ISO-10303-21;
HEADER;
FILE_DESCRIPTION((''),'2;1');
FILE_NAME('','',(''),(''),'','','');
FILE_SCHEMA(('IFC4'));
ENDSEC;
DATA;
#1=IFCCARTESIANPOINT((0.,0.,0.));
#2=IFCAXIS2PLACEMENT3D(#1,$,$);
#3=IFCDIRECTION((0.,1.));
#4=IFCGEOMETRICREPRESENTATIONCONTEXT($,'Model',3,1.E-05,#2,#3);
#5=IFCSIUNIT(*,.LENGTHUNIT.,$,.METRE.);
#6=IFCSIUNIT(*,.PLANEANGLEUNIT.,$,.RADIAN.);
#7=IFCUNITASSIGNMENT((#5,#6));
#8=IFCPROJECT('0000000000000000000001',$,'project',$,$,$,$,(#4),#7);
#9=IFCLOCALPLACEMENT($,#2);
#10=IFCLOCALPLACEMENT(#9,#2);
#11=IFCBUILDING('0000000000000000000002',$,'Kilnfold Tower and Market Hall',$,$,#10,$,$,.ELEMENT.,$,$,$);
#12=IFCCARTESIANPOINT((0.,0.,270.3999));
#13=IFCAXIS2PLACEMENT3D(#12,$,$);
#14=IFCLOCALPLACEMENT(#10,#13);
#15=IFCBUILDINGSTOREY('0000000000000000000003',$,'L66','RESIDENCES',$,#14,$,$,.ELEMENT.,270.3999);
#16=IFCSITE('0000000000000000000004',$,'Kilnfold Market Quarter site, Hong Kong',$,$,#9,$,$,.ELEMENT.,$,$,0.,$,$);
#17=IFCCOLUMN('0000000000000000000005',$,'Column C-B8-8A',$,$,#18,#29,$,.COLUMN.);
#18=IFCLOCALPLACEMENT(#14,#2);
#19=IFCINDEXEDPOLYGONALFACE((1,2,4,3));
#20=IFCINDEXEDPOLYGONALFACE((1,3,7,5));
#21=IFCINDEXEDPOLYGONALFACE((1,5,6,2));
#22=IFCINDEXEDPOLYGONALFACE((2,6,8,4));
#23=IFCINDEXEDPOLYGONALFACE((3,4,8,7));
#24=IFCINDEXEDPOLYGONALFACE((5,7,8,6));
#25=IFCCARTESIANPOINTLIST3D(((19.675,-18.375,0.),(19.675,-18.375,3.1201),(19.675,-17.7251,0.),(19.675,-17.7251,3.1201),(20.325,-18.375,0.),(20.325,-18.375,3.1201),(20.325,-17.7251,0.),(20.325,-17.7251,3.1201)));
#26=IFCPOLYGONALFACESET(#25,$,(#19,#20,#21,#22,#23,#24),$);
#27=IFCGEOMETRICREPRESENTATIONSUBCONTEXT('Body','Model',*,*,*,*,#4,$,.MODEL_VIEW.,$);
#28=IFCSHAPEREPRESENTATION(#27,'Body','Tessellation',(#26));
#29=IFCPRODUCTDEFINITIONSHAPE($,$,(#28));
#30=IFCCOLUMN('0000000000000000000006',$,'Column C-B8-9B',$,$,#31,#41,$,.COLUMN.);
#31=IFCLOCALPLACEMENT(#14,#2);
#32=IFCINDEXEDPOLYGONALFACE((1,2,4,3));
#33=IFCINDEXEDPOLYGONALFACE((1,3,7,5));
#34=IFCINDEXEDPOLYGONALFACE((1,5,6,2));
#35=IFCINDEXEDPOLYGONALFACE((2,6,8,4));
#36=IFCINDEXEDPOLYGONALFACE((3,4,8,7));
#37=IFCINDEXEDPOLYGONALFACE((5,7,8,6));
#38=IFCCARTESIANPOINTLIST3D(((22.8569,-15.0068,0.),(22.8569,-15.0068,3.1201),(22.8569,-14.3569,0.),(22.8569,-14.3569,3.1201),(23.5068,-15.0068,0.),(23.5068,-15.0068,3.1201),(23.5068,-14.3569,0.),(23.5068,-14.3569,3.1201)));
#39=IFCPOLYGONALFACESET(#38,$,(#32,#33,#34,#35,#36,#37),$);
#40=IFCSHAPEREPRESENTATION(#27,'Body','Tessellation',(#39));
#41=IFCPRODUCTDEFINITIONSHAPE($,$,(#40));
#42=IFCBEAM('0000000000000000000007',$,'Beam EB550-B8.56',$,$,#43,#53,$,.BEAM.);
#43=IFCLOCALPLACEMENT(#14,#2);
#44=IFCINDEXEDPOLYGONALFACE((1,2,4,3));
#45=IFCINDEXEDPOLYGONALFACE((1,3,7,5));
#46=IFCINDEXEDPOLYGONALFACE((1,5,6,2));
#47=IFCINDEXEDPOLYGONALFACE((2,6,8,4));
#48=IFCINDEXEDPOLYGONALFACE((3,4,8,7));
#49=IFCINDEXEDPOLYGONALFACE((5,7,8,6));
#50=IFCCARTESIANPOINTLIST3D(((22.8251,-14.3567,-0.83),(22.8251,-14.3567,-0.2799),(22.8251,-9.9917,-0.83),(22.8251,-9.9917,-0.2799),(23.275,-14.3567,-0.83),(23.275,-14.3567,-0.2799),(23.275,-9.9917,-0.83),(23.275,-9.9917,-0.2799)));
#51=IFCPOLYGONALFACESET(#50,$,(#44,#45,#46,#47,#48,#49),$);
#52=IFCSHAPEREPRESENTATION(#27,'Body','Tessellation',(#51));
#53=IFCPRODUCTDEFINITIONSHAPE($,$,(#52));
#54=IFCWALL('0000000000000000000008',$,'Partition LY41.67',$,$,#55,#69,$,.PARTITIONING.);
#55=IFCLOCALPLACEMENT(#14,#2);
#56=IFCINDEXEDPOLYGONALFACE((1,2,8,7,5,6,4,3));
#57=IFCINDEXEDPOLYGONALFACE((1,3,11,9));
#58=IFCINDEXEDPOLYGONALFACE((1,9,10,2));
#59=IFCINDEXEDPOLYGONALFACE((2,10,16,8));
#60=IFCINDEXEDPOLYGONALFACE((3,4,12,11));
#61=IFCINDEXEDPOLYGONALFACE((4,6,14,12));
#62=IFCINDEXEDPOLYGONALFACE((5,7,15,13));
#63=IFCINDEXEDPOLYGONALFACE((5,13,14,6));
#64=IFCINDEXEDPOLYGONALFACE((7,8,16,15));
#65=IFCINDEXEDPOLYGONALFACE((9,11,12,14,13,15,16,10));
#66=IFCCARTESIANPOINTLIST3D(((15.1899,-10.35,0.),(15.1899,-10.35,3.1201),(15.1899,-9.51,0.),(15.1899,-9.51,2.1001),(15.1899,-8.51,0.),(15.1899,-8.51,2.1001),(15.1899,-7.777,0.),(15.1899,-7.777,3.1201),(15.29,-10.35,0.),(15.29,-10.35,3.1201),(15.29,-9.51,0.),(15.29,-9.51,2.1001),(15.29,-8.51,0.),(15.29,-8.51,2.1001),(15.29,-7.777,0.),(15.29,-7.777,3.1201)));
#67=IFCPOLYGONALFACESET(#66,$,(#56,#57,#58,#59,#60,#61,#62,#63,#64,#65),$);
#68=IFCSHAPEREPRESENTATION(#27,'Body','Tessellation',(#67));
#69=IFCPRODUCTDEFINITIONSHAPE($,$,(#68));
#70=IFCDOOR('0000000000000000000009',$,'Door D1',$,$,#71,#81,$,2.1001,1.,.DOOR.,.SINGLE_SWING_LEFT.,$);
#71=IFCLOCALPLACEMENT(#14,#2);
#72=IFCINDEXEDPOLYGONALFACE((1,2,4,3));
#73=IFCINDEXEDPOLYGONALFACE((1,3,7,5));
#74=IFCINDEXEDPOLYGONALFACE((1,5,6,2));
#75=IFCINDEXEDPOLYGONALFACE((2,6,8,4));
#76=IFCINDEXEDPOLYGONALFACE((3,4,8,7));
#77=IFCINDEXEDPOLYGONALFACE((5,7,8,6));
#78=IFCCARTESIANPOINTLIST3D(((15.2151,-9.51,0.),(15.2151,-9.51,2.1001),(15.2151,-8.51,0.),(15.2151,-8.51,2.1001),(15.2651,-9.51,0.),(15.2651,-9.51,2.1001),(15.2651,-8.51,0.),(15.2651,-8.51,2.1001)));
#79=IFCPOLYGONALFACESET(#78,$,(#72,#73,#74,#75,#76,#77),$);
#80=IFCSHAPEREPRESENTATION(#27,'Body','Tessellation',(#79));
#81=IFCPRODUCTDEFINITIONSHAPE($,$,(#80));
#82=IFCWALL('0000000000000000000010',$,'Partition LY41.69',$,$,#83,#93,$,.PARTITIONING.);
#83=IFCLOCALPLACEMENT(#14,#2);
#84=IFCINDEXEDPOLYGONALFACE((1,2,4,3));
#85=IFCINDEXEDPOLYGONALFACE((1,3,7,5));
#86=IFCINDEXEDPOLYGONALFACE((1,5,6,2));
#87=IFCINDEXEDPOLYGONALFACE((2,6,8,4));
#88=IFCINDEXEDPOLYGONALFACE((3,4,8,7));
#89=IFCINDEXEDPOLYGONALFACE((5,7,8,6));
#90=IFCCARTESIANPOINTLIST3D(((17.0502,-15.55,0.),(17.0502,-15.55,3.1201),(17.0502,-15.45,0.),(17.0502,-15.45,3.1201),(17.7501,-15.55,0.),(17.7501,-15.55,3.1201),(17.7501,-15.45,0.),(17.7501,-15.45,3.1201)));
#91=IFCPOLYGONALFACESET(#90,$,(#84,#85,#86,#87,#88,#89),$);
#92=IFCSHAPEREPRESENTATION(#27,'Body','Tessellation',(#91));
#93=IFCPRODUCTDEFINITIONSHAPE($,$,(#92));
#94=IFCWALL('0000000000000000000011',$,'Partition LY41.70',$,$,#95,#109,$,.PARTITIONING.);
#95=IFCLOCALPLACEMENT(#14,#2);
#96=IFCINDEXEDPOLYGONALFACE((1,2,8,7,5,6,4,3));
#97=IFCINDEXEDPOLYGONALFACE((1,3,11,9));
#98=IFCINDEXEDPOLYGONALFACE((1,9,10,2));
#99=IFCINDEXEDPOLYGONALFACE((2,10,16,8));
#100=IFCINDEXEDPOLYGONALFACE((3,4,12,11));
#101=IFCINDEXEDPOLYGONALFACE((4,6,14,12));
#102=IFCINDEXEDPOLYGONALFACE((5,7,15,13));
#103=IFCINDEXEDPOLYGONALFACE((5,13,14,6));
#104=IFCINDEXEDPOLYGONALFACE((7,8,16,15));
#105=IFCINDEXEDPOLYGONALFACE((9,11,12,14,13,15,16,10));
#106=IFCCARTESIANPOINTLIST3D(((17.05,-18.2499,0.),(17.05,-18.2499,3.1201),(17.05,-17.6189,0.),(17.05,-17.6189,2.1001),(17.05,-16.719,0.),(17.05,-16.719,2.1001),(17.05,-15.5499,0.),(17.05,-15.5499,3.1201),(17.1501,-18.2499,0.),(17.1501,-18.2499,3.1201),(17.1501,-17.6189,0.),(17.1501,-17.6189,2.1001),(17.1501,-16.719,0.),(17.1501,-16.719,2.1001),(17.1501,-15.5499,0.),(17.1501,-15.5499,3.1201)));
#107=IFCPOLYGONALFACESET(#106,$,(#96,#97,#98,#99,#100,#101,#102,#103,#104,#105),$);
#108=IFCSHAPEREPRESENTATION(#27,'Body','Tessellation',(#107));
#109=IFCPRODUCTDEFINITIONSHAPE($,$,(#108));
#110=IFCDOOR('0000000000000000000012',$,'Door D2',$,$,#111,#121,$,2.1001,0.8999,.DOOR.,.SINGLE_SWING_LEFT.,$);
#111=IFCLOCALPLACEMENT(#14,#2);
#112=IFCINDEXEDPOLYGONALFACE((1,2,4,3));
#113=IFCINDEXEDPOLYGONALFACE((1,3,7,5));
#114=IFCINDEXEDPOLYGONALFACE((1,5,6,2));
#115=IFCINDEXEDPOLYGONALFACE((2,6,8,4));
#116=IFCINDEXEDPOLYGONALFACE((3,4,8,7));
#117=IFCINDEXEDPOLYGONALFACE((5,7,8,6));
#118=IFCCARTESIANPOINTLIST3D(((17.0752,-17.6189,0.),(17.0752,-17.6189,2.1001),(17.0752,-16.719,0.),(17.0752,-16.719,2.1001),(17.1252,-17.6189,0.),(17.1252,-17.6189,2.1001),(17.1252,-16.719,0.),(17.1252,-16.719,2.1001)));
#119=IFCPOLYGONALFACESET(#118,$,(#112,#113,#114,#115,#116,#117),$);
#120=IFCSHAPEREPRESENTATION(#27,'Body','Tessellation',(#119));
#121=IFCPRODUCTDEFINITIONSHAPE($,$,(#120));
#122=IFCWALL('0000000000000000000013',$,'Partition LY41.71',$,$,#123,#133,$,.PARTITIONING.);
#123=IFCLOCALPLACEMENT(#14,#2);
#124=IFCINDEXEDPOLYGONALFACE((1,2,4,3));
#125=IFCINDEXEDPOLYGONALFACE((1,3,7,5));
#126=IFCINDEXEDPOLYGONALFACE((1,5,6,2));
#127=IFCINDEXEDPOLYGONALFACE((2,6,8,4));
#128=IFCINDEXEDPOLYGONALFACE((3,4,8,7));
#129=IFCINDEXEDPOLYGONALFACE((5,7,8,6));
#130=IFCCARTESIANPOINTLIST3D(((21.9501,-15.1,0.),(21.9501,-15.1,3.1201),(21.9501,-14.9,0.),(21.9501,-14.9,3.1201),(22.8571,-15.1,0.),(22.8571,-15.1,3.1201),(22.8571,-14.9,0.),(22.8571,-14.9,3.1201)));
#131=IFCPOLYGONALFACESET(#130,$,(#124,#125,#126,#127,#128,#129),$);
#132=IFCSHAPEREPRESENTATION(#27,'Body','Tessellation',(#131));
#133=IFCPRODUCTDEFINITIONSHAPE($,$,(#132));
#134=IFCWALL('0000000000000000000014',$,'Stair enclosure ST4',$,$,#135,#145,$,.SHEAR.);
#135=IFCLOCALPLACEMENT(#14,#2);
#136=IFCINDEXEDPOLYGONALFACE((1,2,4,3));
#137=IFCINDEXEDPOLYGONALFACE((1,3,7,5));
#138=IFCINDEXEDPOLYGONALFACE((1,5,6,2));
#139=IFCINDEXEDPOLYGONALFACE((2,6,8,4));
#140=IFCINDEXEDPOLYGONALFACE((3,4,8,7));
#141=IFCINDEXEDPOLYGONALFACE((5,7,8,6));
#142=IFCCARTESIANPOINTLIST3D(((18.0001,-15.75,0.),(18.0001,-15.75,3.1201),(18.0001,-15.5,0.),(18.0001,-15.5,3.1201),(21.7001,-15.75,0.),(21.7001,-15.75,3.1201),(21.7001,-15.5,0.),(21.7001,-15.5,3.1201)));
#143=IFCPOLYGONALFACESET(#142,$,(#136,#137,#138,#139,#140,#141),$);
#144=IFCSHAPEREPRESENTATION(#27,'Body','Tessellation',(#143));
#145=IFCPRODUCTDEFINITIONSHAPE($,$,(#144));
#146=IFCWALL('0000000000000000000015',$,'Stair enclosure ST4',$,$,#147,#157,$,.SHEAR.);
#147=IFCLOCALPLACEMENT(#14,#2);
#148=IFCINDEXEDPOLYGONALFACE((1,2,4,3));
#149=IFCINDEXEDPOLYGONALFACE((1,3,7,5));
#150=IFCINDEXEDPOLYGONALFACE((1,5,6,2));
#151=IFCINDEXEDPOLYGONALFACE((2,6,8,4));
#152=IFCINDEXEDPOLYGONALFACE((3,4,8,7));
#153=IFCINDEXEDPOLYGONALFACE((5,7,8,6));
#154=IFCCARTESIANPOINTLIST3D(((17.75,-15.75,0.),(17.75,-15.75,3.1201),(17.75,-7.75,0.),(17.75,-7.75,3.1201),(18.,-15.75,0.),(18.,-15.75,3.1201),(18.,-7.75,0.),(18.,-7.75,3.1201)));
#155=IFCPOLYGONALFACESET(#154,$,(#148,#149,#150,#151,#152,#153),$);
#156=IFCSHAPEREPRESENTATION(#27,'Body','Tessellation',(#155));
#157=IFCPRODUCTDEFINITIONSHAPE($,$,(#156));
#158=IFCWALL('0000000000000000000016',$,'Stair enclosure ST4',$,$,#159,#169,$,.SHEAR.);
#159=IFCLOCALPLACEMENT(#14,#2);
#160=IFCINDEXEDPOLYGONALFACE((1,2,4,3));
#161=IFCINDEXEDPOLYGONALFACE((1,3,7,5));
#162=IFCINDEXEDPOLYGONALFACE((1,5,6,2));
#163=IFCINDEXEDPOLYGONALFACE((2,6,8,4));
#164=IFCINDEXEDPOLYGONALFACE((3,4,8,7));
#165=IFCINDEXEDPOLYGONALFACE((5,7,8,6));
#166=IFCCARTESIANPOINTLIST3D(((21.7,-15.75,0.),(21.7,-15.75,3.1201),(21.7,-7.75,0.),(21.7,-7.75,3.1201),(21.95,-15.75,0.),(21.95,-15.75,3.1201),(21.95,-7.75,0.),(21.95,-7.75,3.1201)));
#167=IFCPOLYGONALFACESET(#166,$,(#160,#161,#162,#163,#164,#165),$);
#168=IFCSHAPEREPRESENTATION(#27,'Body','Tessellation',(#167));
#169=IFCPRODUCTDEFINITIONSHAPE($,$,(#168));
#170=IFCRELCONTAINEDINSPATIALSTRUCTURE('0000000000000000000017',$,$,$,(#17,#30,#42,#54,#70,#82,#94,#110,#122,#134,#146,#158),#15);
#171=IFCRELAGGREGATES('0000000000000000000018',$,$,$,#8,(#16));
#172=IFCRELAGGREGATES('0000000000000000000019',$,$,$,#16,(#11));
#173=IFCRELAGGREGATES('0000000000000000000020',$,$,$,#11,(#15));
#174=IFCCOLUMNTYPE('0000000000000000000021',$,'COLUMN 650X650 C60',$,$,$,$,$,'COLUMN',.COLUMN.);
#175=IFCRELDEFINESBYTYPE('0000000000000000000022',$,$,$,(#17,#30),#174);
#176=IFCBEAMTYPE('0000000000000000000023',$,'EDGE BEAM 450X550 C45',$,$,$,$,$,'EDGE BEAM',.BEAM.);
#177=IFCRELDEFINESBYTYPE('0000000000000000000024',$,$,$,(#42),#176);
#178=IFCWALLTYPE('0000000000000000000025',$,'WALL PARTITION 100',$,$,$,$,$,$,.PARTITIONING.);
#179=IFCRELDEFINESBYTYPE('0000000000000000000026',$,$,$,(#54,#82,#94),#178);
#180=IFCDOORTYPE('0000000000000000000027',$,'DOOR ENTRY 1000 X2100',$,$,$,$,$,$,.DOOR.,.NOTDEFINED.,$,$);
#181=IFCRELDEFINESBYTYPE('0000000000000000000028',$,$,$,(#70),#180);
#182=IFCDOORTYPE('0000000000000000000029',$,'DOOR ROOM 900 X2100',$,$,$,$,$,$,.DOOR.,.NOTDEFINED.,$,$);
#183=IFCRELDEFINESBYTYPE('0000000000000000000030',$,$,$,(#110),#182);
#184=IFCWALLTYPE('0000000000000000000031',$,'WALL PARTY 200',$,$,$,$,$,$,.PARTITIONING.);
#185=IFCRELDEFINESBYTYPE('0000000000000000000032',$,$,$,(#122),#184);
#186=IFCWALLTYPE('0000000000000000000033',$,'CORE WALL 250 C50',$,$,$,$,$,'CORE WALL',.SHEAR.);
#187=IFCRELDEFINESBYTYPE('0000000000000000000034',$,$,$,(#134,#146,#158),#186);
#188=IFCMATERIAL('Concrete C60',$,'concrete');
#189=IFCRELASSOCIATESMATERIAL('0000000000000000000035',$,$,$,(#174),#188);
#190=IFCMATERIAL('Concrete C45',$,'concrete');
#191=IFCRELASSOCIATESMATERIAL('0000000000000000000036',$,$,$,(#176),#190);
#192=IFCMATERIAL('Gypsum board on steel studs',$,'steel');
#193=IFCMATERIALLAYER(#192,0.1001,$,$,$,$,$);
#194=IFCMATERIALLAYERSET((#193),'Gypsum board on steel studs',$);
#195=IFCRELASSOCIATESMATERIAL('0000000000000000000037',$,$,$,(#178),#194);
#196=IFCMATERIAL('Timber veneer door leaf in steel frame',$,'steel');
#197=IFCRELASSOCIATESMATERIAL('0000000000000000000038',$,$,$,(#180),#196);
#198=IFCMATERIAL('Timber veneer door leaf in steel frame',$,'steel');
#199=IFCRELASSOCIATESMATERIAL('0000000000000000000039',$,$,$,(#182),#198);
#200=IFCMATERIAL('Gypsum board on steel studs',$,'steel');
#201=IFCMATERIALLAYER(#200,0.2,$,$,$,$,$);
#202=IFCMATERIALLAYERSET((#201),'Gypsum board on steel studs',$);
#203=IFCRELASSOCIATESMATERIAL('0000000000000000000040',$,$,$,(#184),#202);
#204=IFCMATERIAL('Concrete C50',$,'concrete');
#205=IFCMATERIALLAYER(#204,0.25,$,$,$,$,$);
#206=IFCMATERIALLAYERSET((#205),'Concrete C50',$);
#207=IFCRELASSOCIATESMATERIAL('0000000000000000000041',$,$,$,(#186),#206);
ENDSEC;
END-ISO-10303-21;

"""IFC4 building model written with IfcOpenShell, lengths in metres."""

from ifc_helpers import new_model, si_unit, direction, frame, frame_2d, origin, origin_2d, place, context, subcontext, project, spatial, rectangle, extrude, source, transform, mapped, material, layer, layer_set, material_profile, profile_set, type_object, element, fill, save


model = new_model("IFC4")

# Units and contexts
model_context = context("Model", 3, precision=1e-05, world=origin(), true_north=direction((0.0, 1.0)))
body_context = subcontext(model_context, "Body", "Model", "MODEL_VIEW")
ifc_project = project(units=[si_unit("LENGTHUNIT", "METRE"), si_unit("PLANEANGLEUNIT", "RADIAN")], contexts=[model_context])

# Site, building, storey
site_placement = place(None, origin())
site = spatial("IfcSite", under=ifc_project, at=site_placement, Name="Kilnfold Market Quarter site, Hong Kong", CompositionType="ELEMENT", RefElevation=0.0)
building_placement = place(site_placement, origin())
building = spatial("IfcBuilding", under=site, at=building_placement, Name="Kilnfold Tower and Market Hall", CompositionType="ELEMENT")
storey_placement = place(building_placement, frame((0.0, 0.0, 270.3999)))
storey = spatial("IfcBuildingStorey", under=building, at=storey_placement, Name="L66", Description="RESIDENCES", CompositionType="ELEMENT", Elevation=270.3999)

# Columns
ifc_material_1 = material(Name="Concrete C60", Category="concrete")
ifc_material_profile_1 = material_profile(ifc_material_1, rectangle(XDim=0.6499, YDim=0.6499, at=origin_2d()), Name="RC 650x650")
ifc_profile_set_1 = profile_set([ifc_material_profile_1], Name="Concrete C60")
column_type = type_object("IfcColumnType", Name="COLUMN 650X650 C60", ElementType="COLUMN", PredefinedType="COLUMN", material=ifc_profile_set_1)
shared_shape_1 = source(origin(), body_context, "Body", "SweptSolid", [
    extrude(rectangle(XDim=0.6499, YDim=0.6499, at=origin_2d()), origin(), (0.0, 0.0, 1.0), 3.1201),
])
for number, where, z_axis, x_axis, name in (
    (1, (20.0, -18.05, 0.0), (0.0, 0.0, 1.0), (1.0, 0.0, 0.0), "Column C-B8-8A"),
    (2, (23.1819, -14.6819, 0.0), (0.0, 0.0, 1.0), (1.0, 0.0, 0.0), "Column C-B8-9B"),
):
    element("IfcColumn", number, at=place(storey_placement, frame(where, z_axis=z_axis, x_axis=x_axis)), inside=storey, type_object=column_type, Name=name, PredefinedType="COLUMN", context=body_context, shape_type="MappedRepresentation", body=[
        mapped(shared_shape_1, transform((0.0, 0.0, 0.0))),
    ])

# Beam
ifc_material_2 = material(Name="Concrete C45", Category="concrete")
ifc_material_profile_2 = material_profile(ifc_material_2, rectangle(XDim=0.45, YDim=0.55, at=origin_2d()), Name="RC 450x550")
ifc_profile_set_2 = profile_set([ifc_material_profile_2], Name="Concrete C45")
beam_type = type_object("IfcBeamType", Name="EDGE BEAM 450X550 C45", ElementType="EDGE BEAM", PredefinedType="BEAM", material=ifc_profile_set_2)
shared_shape_2 = source(origin(), body_context, "Body", "SweptSolid", [
    extrude(rectangle(XDim=0.45, YDim=0.55, at=origin_2d()), origin(), (0.0, 0.0, 1.0), 4.365),
])
beam_placement = place(storey_placement, frame((23.05, -14.3567, -0.5549), z_axis=(0.0, 1.0, 0.0), x_axis=(-1.0, 0.0, 0.0)))
element("IfcBeam", 3, at=beam_placement, inside=storey, type_object=beam_type, Name="Beam EB550-B8.56", PredefinedType="BEAM", context=body_context, shape_type="MappedRepresentation", body=[
    mapped(shared_shape_2, transform((0.0, 0.0, 0.0))),
])

# Wall, opening, door
ifc_material_3 = material(Name="Gypsum board on steel studs", Category="steel")
ifc_layer_1 = layer(ifc_material_3, 0.1001)
ifc_layer_set_1 = layer_set([ifc_layer_1], Name="Gypsum board on steel studs")
wall_type_1 = type_object("IfcWallType", Name="WALL PARTITION 100", PredefinedType="PARTITIONING", material=ifc_layer_set_1)
wall_1_placement = place(storey_placement, frame((15.24, -10.3501, 0.0), z_axis=(0.0, 0.0, 1.0), x_axis=(0.0, 1.0, 0.0)))
wall_1 = element("IfcWall", 4, at=wall_1_placement, inside=storey, type_object=wall_type_1, Name="Partition LY41.67", PredefinedType="PARTITIONING", context=body_context, shape_type="SweptSolid", body=[
    extrude(rectangle(XDim=2.573, YDim=0.1001, at=frame_2d((1.2866, 0.0))), origin(), (0.0, 0.0, 1.0), 3.1201),
])
opening_1_placement = place(wall_1_placement, frame((0.8401, 0.0, 0.0)))
opening_1 = element("IfcOpeningElement", 5, at=opening_1_placement, cuts=wall_1, PredefinedType="OPENING", context=body_context, shape_type="SweptSolid", body=[
    extrude(rectangle(XDim=1.0, YDim=2.1001, at=frame_2d((0.5, 1.05))), frame((0.0, 0.0601, 0.0), z_axis=(0.0, -1.0, 0.0), x_axis=(1.0, 0.0, 0.0)), (0.0, 0.0, 1.0), 0.1201),
])
ifc_material_4 = material(Name="Timber veneer door leaf in steel frame", Category="steel")
door_type_1 = type_object("IfcDoorType", Name="DOOR ENTRY 1000 X2100", OperationType="NOTDEFINED", PredefinedType="DOOR", material=ifc_material_4)
door_1_placement = place(opening_1_placement, origin())
door_1 = element("IfcDoor", 6, at=door_1_placement, inside=storey, type_object=door_type_1, Name="Door D1", OperationType="SINGLE_SWING_LEFT", OverallHeight=2.1001, OverallWidth=1.0, PredefinedType="DOOR", context=body_context, shape_type="SweptSolid", body=[
    extrude(rectangle(XDim=1.0, YDim=2.1001, at=frame_2d((0.5, 1.05))), frame((0.0, 0.0249, 0.0), z_axis=(0.0, -1.0, 0.0), x_axis=(1.0, 0.0, 0.0)), (0.0, 0.0, 1.0), 0.05),
])
fill(opening_1, door_1)

# Wall
wall_2_placement = place(storey_placement, frame((17.05, -15.5, 0.0), z_axis=(0.0, 0.0, 1.0), x_axis=(1.0, 0.0, 0.0)))
element("IfcWall", 7, at=wall_2_placement, inside=storey, type_object=wall_type_1, Name="Partition LY41.69", PredefinedType="PARTITIONING", context=body_context, shape_type="SweptSolid", body=[
    extrude(rectangle(XDim=0.7, YDim=0.1001, at=frame_2d((0.3501, 0.0))), origin(), (0.0, 0.0, 1.0), 3.1201),
])

# Wall, opening, door
wall_3_placement = place(storey_placement, frame((17.1001, -18.25, 0.0), z_axis=(0.0, 0.0, 1.0), x_axis=(0.0, 1.0, 0.0)))
wall_3 = element("IfcWall", 8, at=wall_3_placement, inside=storey, type_object=wall_type_1, Name="Partition LY41.70", PredefinedType="PARTITIONING", context=body_context, shape_type="SweptSolid", body=[
    extrude(rectangle(XDim=2.7, YDim=0.1001, at=frame_2d((1.3501, 0.0))), origin(), (0.0, 0.0, 1.0), 3.1201),
])
opening_2_placement = place(wall_3_placement, frame((0.6311, 0.0, 0.0)))
opening_2 = element("IfcOpeningElement", 9, at=opening_2_placement, cuts=wall_3, PredefinedType="OPENING", context=body_context, shape_type="SweptSolid", body=[
    extrude(rectangle(XDim=0.8999, YDim=2.1001, at=frame_2d((0.45, 1.05))), frame((0.0, 0.0601, 0.0), z_axis=(0.0, -1.0, 0.0), x_axis=(1.0, 0.0, 0.0)), (0.0, 0.0, 1.0), 0.1201),
])
ifc_material_5 = material(Name="Timber veneer door leaf in steel frame", Category="steel")
door_type_2 = type_object("IfcDoorType", Name="DOOR ROOM 900 X2100", OperationType="NOTDEFINED", PredefinedType="DOOR", material=ifc_material_5)
door_2_placement = place(opening_2_placement, origin())
door_2 = element("IfcDoor", 10, at=door_2_placement, inside=storey, type_object=door_type_2, Name="Door D2", OperationType="SINGLE_SWING_LEFT", OverallHeight=2.1001, OverallWidth=0.8999, PredefinedType="DOOR", context=body_context, shape_type="SweptSolid", body=[
    extrude(rectangle(XDim=0.8999, YDim=2.1001, at=frame_2d((0.45, 1.05))), frame((0.0, 0.0249, 0.0), z_axis=(0.0, -1.0, 0.0), x_axis=(1.0, 0.0, 0.0)), (0.0, 0.0, 1.0), 0.05),
])
fill(opening_2, door_2)

# Walls
ifc_material_6 = material(Name="Gypsum board on steel studs", Category="steel")
ifc_layer_2 = layer(ifc_material_6, 0.2)
ifc_layer_set_2 = layer_set([ifc_layer_2], Name="Gypsum board on steel studs")
wall_type_2 = type_object("IfcWallType", Name="WALL PARTY 200", PredefinedType="PARTITIONING", material=ifc_layer_set_2)
wall_4_placement = place(storey_placement, frame((21.95, -15.0, 0.0), z_axis=(0.0, 0.0, 1.0), x_axis=(1.0, 0.0, 0.0)))
element("IfcWall", 11, at=wall_4_placement, inside=storey, type_object=wall_type_2, Name="Partition LY41.71", PredefinedType="PARTITIONING", context=body_context, shape_type="SweptSolid", body=[
    extrude(rectangle(XDim=0.907, YDim=0.2, at=frame_2d((0.4536, 0.0))), origin(), (0.0, 0.0, 1.0), 3.1201),
])
ifc_material_7 = material(Name="Concrete C50", Category="concrete")
ifc_layer_3 = layer(ifc_material_7, 0.25)
ifc_layer_set_3 = layer_set([ifc_layer_3], Name="Concrete C50")
wall_type_3 = type_object("IfcWallType", Name="CORE WALL 250 C50", ElementType="CORE WALL", PredefinedType="SHEAR", material=ifc_layer_set_3)
shared_shape_3 = source(origin(), body_context, "Body", "SweptSolid", [
    extrude(rectangle(XDim=3.7, YDim=0.25, at=frame_2d((1.8501, 0.0))), origin(), (0.0, 0.0, 1.0), 3.1201),
])
wall_5_placement = place(storey_placement, frame((18.0, -15.625, 0.0), z_axis=(0.0, 0.0, 1.0), x_axis=(1.0, 0.0, 0.0)))
element("IfcWall", 12, at=wall_5_placement, inside=storey, type_object=wall_type_3, Name="Stair enclosure ST4", PredefinedType="SHEAR", context=body_context, shape_type="MappedRepresentation", body=[
    mapped(shared_shape_3, transform((0.0, 0.0, 0.0))),
])
shared_shape_4 = source(origin(), body_context, "Body", "SweptSolid", [
    extrude(rectangle(XDim=8.0, YDim=0.25, at=frame_2d((4.0, 0.0))), origin(), (0.0, 0.0, 1.0), 3.1201),
])
for number, where, z_axis, x_axis, name in (
    (13, (17.875, -15.75, 0.0), (0.0, 0.0, 1.0), (0.0, 1.0, 0.0), "Stair enclosure ST4"),
    (14, (21.825, -15.75, 0.0), (0.0, 0.0, 1.0), (0.0, 1.0, 0.0), "Stair enclosure ST4"),
):
    element("IfcWall", number, at=place(storey_placement, frame(where, z_axis=z_axis, x_axis=x_axis)), inside=storey, type_object=wall_type_3, Name=name, PredefinedType="SHEAR", context=body_context, shape_type="MappedRepresentation", body=[
        mapped(shared_shape_4, transform((0.0, 0.0, 0.0))),
    ])

save(model, "model.ifc")
